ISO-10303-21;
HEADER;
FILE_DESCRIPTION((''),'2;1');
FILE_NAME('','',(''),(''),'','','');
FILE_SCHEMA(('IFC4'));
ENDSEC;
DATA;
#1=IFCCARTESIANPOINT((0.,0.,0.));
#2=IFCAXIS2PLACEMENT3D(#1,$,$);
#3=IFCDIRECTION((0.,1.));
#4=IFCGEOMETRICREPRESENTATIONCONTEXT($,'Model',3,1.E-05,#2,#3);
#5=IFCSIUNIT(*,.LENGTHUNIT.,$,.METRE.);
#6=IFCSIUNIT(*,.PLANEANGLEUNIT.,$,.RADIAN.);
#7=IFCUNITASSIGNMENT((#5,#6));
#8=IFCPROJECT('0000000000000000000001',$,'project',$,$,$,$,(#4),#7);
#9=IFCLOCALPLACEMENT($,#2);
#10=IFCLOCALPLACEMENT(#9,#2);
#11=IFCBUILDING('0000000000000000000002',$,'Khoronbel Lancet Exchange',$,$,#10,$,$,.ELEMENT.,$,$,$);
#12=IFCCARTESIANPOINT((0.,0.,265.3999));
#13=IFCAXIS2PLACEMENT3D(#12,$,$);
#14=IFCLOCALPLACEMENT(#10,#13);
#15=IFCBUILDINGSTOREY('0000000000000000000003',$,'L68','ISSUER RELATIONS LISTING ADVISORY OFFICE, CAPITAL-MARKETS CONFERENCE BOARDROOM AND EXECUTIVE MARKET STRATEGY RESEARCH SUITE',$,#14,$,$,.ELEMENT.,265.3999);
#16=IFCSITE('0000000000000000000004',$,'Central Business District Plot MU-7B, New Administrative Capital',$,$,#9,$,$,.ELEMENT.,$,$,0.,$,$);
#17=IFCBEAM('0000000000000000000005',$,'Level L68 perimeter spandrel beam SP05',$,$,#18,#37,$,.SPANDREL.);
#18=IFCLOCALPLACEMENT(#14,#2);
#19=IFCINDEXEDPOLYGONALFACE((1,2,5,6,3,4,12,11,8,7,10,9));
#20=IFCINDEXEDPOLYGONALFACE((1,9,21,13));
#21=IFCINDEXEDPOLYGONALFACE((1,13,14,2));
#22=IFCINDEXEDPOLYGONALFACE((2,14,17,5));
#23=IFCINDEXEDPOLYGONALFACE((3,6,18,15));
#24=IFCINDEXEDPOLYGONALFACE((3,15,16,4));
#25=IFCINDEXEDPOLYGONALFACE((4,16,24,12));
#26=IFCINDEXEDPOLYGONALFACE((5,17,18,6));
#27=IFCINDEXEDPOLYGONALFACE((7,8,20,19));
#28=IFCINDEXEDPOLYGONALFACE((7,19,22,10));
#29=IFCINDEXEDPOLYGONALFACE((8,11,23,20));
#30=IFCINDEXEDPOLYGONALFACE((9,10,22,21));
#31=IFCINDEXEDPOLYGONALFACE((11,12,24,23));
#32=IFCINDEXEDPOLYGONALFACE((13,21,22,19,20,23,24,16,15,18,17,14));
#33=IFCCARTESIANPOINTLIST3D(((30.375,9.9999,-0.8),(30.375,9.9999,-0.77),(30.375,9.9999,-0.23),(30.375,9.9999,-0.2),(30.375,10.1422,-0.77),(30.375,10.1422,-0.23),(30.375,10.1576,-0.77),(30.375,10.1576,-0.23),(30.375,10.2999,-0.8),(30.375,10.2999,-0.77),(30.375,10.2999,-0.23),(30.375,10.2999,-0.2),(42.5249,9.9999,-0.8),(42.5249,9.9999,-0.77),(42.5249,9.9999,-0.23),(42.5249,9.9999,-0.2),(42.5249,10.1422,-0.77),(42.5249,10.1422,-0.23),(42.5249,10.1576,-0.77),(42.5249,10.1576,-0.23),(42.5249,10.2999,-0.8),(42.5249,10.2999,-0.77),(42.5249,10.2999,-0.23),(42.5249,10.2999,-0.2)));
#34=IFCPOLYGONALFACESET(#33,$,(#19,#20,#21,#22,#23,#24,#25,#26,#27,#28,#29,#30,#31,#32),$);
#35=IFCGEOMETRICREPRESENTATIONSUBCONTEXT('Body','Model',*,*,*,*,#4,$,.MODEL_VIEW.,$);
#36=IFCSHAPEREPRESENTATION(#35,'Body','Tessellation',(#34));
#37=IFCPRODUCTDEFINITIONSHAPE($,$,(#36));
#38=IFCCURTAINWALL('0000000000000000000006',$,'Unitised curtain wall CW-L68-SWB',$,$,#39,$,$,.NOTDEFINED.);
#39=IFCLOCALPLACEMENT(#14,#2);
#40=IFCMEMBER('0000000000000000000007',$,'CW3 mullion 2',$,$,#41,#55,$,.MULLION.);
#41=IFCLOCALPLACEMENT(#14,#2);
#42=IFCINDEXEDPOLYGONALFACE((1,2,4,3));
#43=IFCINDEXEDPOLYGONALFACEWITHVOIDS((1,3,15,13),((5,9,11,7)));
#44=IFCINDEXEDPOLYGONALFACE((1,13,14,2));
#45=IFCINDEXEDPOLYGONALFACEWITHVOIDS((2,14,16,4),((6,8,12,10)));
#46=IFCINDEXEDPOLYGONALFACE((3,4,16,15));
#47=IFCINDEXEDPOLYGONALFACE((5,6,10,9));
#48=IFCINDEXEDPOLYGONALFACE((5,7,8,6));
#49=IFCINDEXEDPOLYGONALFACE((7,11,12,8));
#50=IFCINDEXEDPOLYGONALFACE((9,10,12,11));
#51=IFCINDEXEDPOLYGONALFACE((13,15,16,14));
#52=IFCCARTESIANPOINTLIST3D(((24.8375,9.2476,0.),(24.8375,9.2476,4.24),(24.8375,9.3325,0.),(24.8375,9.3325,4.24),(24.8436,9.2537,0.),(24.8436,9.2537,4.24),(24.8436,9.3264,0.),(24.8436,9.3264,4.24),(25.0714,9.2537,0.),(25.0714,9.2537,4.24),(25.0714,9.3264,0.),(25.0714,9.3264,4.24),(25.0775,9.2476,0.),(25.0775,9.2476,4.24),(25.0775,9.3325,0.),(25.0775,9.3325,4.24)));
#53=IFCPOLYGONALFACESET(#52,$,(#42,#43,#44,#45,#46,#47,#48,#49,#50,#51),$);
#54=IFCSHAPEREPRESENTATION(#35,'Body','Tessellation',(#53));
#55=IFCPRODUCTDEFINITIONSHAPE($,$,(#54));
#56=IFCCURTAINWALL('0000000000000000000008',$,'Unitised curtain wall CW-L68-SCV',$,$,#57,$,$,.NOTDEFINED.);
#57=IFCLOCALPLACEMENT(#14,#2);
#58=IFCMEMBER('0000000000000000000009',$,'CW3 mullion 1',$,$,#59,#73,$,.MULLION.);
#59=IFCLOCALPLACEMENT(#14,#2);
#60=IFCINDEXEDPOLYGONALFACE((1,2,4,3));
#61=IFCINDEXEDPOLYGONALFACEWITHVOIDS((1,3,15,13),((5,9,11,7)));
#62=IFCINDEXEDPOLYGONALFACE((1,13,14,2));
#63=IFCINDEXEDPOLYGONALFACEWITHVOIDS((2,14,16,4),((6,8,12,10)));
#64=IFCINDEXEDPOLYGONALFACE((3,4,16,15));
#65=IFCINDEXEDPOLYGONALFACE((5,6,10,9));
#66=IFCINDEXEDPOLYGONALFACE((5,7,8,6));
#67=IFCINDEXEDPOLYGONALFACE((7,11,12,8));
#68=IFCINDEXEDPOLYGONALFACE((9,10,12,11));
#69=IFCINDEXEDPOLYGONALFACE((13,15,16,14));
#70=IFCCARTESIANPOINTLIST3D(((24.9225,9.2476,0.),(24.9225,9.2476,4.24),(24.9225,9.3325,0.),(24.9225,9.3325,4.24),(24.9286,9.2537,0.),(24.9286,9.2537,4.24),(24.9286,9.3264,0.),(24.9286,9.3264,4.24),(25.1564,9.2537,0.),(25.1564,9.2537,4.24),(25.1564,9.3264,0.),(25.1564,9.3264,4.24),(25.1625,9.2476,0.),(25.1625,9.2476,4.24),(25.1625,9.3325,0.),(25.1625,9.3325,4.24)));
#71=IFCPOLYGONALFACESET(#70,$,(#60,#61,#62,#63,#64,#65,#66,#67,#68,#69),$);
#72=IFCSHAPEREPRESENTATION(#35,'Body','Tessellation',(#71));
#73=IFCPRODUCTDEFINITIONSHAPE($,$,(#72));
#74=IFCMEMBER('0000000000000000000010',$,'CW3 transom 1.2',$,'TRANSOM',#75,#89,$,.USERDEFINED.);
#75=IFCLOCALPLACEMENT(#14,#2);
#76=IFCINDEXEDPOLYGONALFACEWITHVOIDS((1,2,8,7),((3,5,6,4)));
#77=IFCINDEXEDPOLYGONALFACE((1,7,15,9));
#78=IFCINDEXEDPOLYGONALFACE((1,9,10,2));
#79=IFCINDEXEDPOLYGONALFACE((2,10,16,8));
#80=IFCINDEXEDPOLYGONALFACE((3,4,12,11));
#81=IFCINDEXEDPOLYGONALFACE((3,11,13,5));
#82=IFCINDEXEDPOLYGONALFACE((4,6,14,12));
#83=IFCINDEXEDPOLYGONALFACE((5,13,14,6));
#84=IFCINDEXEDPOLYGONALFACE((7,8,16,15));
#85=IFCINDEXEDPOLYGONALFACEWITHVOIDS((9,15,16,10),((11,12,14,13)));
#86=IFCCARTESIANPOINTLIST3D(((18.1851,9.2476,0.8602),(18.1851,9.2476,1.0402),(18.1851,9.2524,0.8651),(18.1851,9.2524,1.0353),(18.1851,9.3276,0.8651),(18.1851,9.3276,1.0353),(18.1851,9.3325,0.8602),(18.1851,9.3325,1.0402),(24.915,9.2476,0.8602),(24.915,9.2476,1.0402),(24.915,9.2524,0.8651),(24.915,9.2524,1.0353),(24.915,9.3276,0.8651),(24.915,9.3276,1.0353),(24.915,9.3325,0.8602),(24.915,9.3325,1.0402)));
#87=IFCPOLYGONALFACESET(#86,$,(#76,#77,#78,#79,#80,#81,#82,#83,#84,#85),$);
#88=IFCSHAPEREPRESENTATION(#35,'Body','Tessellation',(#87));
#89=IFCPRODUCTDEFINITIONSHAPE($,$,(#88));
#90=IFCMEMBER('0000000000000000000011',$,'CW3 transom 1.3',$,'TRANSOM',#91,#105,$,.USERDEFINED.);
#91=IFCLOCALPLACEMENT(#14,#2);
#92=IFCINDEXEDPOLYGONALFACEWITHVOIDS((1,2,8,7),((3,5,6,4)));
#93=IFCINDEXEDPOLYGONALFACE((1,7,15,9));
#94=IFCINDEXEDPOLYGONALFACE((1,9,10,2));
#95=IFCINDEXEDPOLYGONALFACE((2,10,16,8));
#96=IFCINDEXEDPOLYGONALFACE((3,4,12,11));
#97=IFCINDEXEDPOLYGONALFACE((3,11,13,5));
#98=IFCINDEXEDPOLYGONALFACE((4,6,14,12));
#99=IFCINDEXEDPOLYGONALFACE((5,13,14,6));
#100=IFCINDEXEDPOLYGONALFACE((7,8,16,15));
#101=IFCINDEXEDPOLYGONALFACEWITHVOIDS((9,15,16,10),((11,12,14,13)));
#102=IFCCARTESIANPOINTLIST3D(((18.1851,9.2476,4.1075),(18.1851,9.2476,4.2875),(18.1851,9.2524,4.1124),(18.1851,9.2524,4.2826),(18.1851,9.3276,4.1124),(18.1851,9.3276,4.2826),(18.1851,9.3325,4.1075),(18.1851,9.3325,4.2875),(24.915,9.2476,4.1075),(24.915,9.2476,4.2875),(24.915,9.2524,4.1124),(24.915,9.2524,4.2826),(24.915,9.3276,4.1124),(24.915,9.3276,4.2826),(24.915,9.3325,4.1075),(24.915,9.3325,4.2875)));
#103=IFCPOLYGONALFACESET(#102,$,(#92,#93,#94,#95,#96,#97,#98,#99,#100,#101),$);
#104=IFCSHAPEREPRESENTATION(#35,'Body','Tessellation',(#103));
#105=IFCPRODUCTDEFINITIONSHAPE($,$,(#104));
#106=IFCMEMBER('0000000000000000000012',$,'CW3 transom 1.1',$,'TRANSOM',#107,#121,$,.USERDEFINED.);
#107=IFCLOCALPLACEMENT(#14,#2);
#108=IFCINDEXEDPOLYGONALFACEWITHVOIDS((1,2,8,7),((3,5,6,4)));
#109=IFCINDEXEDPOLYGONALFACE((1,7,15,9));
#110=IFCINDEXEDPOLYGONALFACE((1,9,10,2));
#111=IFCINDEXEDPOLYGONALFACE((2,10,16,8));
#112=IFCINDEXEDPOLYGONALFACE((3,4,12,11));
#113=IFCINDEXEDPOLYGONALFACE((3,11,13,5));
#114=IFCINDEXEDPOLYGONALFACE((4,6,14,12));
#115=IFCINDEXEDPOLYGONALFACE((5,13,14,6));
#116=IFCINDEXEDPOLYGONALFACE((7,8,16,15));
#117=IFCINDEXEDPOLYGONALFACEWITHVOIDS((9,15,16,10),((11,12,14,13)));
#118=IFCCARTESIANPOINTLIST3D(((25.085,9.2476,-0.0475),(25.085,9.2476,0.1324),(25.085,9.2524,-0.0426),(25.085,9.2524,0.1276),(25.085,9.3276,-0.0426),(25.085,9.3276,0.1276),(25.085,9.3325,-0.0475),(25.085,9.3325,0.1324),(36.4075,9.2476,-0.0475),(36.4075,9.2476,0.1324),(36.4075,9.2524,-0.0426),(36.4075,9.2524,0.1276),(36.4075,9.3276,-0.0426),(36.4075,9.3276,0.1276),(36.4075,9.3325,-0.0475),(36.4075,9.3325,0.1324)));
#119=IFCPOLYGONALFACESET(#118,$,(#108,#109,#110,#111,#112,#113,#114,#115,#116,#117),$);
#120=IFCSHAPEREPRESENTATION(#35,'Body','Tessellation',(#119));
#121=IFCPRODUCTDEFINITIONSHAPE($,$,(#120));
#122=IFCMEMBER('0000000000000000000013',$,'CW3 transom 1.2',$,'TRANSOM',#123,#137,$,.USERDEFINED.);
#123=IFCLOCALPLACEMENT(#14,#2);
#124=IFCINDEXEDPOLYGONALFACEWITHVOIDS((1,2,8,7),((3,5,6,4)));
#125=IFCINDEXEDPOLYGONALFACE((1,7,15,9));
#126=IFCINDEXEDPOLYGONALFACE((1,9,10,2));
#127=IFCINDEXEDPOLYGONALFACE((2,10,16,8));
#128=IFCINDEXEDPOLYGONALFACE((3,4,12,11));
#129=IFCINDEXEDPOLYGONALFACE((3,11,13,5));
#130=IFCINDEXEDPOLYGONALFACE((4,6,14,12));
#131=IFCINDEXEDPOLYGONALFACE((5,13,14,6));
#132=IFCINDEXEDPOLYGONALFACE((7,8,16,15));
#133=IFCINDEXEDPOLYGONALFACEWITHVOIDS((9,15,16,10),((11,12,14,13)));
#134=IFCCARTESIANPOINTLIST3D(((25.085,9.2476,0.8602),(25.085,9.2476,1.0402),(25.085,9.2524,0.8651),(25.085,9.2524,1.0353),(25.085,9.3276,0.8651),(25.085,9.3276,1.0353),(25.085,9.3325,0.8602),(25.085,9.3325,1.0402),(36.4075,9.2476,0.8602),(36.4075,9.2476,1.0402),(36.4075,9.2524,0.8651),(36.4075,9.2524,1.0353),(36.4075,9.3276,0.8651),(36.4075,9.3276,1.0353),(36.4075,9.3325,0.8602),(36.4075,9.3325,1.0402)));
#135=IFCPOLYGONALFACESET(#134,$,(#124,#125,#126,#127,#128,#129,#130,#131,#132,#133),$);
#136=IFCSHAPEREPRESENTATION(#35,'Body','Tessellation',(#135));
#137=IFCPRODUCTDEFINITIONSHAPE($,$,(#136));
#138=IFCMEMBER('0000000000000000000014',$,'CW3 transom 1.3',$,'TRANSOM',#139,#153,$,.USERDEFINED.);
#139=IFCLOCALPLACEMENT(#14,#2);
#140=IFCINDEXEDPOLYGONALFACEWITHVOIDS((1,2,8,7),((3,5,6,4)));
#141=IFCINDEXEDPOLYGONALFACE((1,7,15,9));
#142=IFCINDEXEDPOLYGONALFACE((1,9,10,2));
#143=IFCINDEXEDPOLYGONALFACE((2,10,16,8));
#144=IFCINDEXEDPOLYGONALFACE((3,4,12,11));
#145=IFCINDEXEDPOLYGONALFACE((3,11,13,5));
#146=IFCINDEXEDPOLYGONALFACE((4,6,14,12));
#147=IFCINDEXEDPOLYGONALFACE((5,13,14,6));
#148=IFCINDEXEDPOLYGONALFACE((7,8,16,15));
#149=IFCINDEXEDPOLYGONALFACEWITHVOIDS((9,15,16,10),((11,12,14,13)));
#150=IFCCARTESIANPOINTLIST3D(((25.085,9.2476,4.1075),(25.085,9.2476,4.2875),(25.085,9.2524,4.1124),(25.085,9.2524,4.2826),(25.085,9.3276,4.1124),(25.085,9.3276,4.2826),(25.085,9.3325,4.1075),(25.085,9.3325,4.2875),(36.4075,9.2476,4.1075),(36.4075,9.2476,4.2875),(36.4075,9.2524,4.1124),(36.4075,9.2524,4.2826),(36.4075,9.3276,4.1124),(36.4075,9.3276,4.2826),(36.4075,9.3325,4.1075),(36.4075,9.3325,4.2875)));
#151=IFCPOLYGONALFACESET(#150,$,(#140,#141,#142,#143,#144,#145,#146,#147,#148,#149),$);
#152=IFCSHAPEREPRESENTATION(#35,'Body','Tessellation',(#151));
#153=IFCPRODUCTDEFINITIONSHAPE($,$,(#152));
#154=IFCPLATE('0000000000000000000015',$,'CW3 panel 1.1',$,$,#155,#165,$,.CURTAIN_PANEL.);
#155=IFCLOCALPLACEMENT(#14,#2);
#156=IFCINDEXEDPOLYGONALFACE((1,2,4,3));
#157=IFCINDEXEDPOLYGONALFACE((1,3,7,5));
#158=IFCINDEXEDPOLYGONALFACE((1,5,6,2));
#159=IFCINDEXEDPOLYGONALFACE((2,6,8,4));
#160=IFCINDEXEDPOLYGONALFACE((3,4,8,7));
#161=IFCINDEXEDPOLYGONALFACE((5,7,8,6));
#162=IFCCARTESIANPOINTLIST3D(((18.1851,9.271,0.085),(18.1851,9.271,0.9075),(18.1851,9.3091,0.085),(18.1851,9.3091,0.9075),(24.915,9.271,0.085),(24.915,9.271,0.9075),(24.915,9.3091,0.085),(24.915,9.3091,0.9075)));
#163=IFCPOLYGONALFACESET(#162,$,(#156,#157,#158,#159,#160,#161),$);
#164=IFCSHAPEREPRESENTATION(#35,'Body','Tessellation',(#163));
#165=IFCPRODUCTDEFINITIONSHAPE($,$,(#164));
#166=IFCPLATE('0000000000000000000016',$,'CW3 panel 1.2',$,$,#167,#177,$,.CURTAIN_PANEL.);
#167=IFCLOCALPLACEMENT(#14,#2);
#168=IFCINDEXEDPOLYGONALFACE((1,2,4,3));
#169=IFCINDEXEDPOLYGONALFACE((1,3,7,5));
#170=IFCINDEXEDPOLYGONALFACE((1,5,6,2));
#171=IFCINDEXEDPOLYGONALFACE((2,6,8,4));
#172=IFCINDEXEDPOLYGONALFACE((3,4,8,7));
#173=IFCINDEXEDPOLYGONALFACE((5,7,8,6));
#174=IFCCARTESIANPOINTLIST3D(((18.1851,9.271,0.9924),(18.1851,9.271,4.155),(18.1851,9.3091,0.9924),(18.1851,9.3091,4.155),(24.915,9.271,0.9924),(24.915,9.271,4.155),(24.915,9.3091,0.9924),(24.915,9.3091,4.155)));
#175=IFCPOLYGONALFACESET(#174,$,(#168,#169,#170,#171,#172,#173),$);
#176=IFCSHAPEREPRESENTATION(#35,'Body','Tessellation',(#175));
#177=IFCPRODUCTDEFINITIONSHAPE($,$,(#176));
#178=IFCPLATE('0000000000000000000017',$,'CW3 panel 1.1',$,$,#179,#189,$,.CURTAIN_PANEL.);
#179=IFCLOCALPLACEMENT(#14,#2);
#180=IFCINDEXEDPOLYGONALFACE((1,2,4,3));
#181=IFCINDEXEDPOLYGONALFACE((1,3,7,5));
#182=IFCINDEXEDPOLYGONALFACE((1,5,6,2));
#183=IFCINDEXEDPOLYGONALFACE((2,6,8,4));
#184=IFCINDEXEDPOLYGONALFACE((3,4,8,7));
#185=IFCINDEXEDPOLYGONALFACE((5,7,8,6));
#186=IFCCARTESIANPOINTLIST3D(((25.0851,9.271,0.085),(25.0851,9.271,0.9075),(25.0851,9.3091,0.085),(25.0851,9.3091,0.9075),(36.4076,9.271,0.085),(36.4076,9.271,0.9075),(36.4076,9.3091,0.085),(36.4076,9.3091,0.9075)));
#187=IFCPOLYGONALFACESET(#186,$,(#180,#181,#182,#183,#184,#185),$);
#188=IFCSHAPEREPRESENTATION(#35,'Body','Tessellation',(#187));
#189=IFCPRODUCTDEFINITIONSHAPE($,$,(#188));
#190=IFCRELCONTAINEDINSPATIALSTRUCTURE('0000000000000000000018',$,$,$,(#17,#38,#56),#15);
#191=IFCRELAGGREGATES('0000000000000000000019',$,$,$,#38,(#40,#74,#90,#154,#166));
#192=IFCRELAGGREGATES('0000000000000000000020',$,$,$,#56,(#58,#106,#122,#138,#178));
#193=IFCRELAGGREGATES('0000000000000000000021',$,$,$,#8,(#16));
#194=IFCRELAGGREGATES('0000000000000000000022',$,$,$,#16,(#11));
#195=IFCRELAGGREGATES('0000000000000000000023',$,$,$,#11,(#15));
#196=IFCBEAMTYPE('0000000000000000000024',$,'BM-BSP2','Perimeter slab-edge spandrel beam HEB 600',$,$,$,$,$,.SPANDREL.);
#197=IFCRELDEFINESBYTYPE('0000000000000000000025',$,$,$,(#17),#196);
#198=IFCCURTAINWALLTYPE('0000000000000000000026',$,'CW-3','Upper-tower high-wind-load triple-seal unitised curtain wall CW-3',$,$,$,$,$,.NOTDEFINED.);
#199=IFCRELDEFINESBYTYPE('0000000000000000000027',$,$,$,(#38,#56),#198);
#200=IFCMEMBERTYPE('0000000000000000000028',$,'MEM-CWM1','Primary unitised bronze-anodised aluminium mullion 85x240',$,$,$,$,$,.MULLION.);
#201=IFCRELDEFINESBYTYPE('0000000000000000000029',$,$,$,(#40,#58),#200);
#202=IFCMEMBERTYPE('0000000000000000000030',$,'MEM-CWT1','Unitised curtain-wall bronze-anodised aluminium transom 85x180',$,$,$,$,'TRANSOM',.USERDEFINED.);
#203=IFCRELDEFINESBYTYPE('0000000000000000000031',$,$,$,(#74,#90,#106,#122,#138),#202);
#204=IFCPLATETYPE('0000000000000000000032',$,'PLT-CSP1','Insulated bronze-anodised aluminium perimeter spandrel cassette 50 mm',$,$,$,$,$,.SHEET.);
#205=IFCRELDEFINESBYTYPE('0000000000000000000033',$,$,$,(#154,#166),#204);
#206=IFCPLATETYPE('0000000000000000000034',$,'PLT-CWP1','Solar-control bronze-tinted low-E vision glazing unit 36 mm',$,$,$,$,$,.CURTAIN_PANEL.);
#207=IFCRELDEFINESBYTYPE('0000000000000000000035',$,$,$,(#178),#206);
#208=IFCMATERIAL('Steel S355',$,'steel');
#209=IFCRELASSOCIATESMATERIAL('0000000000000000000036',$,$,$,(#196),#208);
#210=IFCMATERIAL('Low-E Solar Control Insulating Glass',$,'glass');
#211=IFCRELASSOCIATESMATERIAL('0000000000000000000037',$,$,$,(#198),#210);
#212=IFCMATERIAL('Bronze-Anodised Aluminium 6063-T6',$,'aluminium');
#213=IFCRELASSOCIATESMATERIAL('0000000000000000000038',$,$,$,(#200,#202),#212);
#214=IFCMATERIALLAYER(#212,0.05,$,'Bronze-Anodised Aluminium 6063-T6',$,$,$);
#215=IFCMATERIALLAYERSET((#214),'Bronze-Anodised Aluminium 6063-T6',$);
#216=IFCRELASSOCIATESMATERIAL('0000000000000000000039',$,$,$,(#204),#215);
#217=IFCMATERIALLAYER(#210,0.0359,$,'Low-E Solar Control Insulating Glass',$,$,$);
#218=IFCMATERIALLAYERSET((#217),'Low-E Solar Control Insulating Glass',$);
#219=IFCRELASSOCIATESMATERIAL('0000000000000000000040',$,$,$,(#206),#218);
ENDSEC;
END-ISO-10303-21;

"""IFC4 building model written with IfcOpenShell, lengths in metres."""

from ifc_helpers import new_model, si_unit, direction, frame, origin, origin_2d, place, context, subcontext, project, spatial, rectangle, hollow_rectangle, i_section, extrude, material, layer, layer_set, material_profile, profile_set, type_object, element, aggregate, save


model = new_model("IFC4")

# Units and contexts
model_context = context("Model", 3, precision=1e-05, world=origin(), true_north=direction((0.0, 1.0)))
body_context = subcontext(model_context, "Body", "Model", "MODEL_VIEW")
ifc_project = project(units=[si_unit("LENGTHUNIT", "METRE"), si_unit("PLANEANGLEUNIT", "RADIAN")], contexts=[model_context])

# Site, building, storey
site_placement = place(None, origin())
site = spatial("IfcSite", under=ifc_project, at=site_placement, Name="Central Business District Plot MU-7B, New Administrative Capital", CompositionType="ELEMENT", RefElevation=0.0)
building_placement = place(site_placement, origin())
building = spatial("IfcBuilding", under=site, at=building_placement, Name="Khoronbel Lancet Exchange", CompositionType="ELEMENT")
storey_placement = place(building_placement, frame((0.0, 0.0, 265.3999)))
storey = spatial("IfcBuildingStorey", under=building, at=storey_placement, Name="L68", Description="ISSUER RELATIONS LISTING ADVISORY OFFICE, CAPITAL-MARKETS CONFERENCE BOARDROOM AND EXECUTIVE MARKET STRATEGY RESEARCH SUITE", CompositionType="ELEMENT", Elevation=265.3999)

# Beam
ifc_material_1 = material(Name="Steel S355", Category="steel")
ifc_material_profile_1 = material_profile(ifc_material_1, i_section(OverallWidth=0.3, OverallDepth=0.6001, WebThickness=0.0154, FlangeThickness=0.03, at=origin_2d()), Name="HEB 600")
ifc_profile_set_1 = profile_set([ifc_material_profile_1], Name="Steel S355")
beam_type_1 = type_object("IfcBeamType", Name="BM-BSP2", Description="Perimeter slab-edge spandrel beam HEB 600", PredefinedType="SPANDREL", material=ifc_profile_set_1)
beam_1_placement = place(storey_placement, frame((30.375, 10.1499, -0.5), z_axis=(1.0, 0.0, 0.0), x_axis=(0.0, 1.0, 0.0)))
element("IfcBeam", 1, at=beam_1_placement, inside=storey, type_object=beam_type_1, Name="Level L68 perimeter spandrel beam SP05", PredefinedType="SPANDREL", context=body_context, shape_type="SweptSolid", body=[
    extrude(i_section(OverallWidth=0.3, OverallDepth=0.6001, WebThickness=0.0154, FlangeThickness=0.03, at=origin_2d()), origin(), (0.0, 0.0, 1.0), 12.1499),
])

# Curtain walls, members
ifc_material_2 = material(Name="Low-E Solar Control Insulating Glass", Category="glass")
curtain_wall_type = type_object("IfcCurtainWallType", Name="CW-3", Description="Upper-tower high-wind-load triple-seal unitised curtain wall CW-3", PredefinedType="NOTDEFINED", material=ifc_material_2)
curtain_wall_1_placement = place(storey_placement, origin())
curtain_wall_1 = element("IfcCurtainWall", 2, at=curtain_wall_1_placement, inside=storey, type_object=curtain_wall_type, Name="Unitised curtain wall CW-L68-SWB", PredefinedType="NOTDEFINED")
ifc_material_3 = material(Name="Bronze-Anodised Aluminium 6063-T6", Category="aluminium")
ifc_material_profile_2 = material_profile(ifc_material_3, hollow_rectangle(XDim=0.085, YDim=0.24, WallThickness=0.0061, at=origin_2d()), Name="ALU MULLION 85x240")
ifc_profile_set_2 = profile_set([ifc_material_profile_2], Name="Bronze-Anodised Aluminium 6063-T6")
member_type_1 = type_object("IfcMemberType", Name="MEM-CWM1", Description="Primary unitised bronze-anodised aluminium mullion 85x240", PredefinedType="MULLION", material=ifc_profile_set_2)
member_1_placement = place(storey_placement, frame((24.9575, 9.29, 0.0), z_axis=(0.0, 0.0, 1.0), x_axis=(0.0, 1.0, 0.0)))
member_1 = element("IfcMember", 3, at=member_1_placement, type_object=member_type_1, Name="CW3 mullion 2", PredefinedType="MULLION", context=body_context, shape_type="SweptSolid", body=[
    extrude(hollow_rectangle(XDim=0.085, YDim=0.24, WallThickness=0.0061, at=origin_2d()), origin(), (0.0, 0.0, 1.0), 4.24),
])
curtain_wall_2_placement = place(storey_placement, origin())
curtain_wall_2 = element("IfcCurtainWall", 4, at=curtain_wall_2_placement, inside=storey, type_object=curtain_wall_type, Name="Unitised curtain wall CW-L68-SCV", PredefinedType="NOTDEFINED")
member_2_placement = place(storey_placement, frame((25.0425, 9.29, 0.0), z_axis=(0.0, 0.0, 1.0), x_axis=(0.0, 1.0, 0.0)))
member_2 = element("IfcMember", 5, at=member_2_placement, type_object=member_type_1, Name="CW3 mullion 1", PredefinedType="MULLION", context=body_context, shape_type="SweptSolid", body=[
    extrude(hollow_rectangle(XDim=0.085, YDim=0.24, WallThickness=0.0061, at=origin_2d()), origin(), (0.0, 0.0, 1.0), 4.24),
])

# Members
ifc_material_profile_3 = material_profile(ifc_material_3, hollow_rectangle(XDim=0.085, YDim=0.1799, WallThickness=0.0049, at=origin_2d()), Name="ALU TRANSOM 85x180")
ifc_profile_set_3 = profile_set([ifc_material_profile_3], Name="Bronze-Anodised Aluminium 6063-T6")
member_type_2 = type_object("IfcMemberType", Name="MEM-CWT1", Description="Unitised curtain-wall bronze-anodised aluminium transom 85x180", ElementType="TRANSOM", PredefinedType="USERDEFINED", material=ifc_profile_set_3)
member_3_placement = place(storey_placement, frame((18.1851, 9.29, 0.9502), z_axis=(1.0, 0.0, 0.0), x_axis=(0.0, 1.0, 0.0)))
member_3 = element("IfcMember", 6, at=member_3_placement, type_object=member_type_2, Name="CW3 transom 1.2", ObjectType="TRANSOM", PredefinedType="USERDEFINED", context=body_context, shape_type="SweptSolid", body=[
    extrude(hollow_rectangle(XDim=0.085, YDim=0.1799, WallThickness=0.0049, at=origin_2d()), origin(), (0.0, 0.0, 1.0), 6.73),
])
member_4_placement = place(storey_placement, frame((18.1851, 9.29, 4.1975), z_axis=(1.0, 0.0, 0.0), x_axis=(0.0, 1.0, 0.0)))
member_4 = element("IfcMember", 7, at=member_4_placement, type_object=member_type_2, Name="CW3 transom 1.3", ObjectType="TRANSOM", PredefinedType="USERDEFINED", context=body_context, shape_type="SweptSolid", body=[
    extrude(hollow_rectangle(XDim=0.085, YDim=0.1799, WallThickness=0.0049, at=origin_2d()), origin(), (0.0, 0.0, 1.0), 6.73),
])
member_5_placement = place(storey_placement, frame((25.085, 9.29, 0.0425), z_axis=(1.0, 0.0, 0.0), x_axis=(0.0, 1.0, 0.0)))
member_5 = element("IfcMember", 8, at=member_5_placement, type_object=member_type_2, Name="CW3 transom 1.1", ObjectType="TRANSOM", PredefinedType="USERDEFINED", context=body_context, shape_type="SweptSolid", body=[
    extrude(hollow_rectangle(XDim=0.085, YDim=0.1799, WallThickness=0.0049, at=origin_2d()), origin(), (0.0, 0.0, 1.0), 11.3225),
])
member_6_placement = place(storey_placement, frame((25.085, 9.29, 0.9502), z_axis=(1.0, 0.0, 0.0), x_axis=(0.0, 1.0, 0.0)))
member_6 = element("IfcMember", 9, at=member_6_placement, type_object=member_type_2, Name="CW3 transom 1.2", ObjectType="TRANSOM", PredefinedType="USERDEFINED", context=body_context, shape_type="SweptSolid", body=[
    extrude(hollow_rectangle(XDim=0.085, YDim=0.1799, WallThickness=0.0049, at=origin_2d()), origin(), (0.0, 0.0, 1.0), 11.3225),
])
member_7_placement = place(storey_placement, frame((25.085, 9.29, 4.1975), z_axis=(1.0, 0.0, 0.0), x_axis=(0.0, 1.0, 0.0)))
member_7 = element("IfcMember", 10, at=member_7_placement, type_object=member_type_2, Name="CW3 transom 1.3", ObjectType="TRANSOM", PredefinedType="USERDEFINED", context=body_context, shape_type="SweptSolid", body=[
    extrude(hollow_rectangle(XDim=0.085, YDim=0.1799, WallThickness=0.0049, at=origin_2d()), origin(), (0.0, 0.0, 1.0), 11.3225),
])

# Plates
ifc_layer_1 = layer(ifc_material_3, 0.05, Name="Bronze-Anodised Aluminium 6063-T6")
ifc_layer_set_1 = layer_set([ifc_layer_1], Name="Bronze-Anodised Aluminium 6063-T6")
plate_type_1 = type_object("IfcPlateType", Name="PLT-CSP1", Description="Insulated bronze-anodised aluminium perimeter spandrel cassette 50 mm", PredefinedType="SHEET", material=ifc_layer_set_1)
plate_1_placement = place(storey_placement, frame((21.55, 9.29, 0.085), z_axis=(0.0, 0.0, 1.0), x_axis=(1.0, 0.0, 0.0)))
plate_1 = element("IfcPlate", 11, at=plate_1_placement, type_object=plate_type_1, Name="CW3 panel 1.1", PredefinedType="CURTAIN_PANEL", context=body_context, shape_type="SweptSolid", body=[
    extrude(rectangle(XDim=6.73, YDim=0.0381, at=origin_2d()), origin(), (0.0, 0.0, 1.0), 0.8225),
])
plate_2_placement = place(storey_placement, frame((21.55, 9.29, 0.9924), z_axis=(0.0, 0.0, 1.0), x_axis=(1.0, 0.0, 0.0)))
plate_2 = element("IfcPlate", 12, at=plate_2_placement, type_object=plate_type_1, Name="CW3 panel 1.2", PredefinedType="CURTAIN_PANEL", context=body_context, shape_type="SweptSolid", body=[
    extrude(rectangle(XDim=6.73, YDim=0.0381, at=origin_2d()), origin(), (0.0, 0.0, 1.0), 3.1626),
])
aggregate(curtain_wall_1, [member_1, member_3, member_4, plate_1, plate_2])
ifc_layer_2 = layer(ifc_material_2, 0.0359, Name="Low-E Solar Control Insulating Glass")
ifc_layer_set_2 = layer_set([ifc_layer_2], Name="Low-E Solar Control Insulating Glass")
plate_type_2 = type_object("IfcPlateType", Name="PLT-CWP1", Description="Solar-control bronze-tinted low-E vision glazing unit 36 mm", PredefinedType="CURTAIN_PANEL", material=ifc_layer_set_2)
plate_3_placement = place(storey_placement, frame((30.7463, 9.29, 0.085), z_axis=(0.0, 0.0, 1.0), x_axis=(1.0, 0.0, 0.0)))
plate_3 = element("IfcPlate", 13, at=plate_3_placement, type_object=plate_type_2, Name="CW3 panel 1.1", PredefinedType="CURTAIN_PANEL", context=body_context, shape_type="SweptSolid", body=[
    extrude(rectangle(XDim=11.3225, YDim=0.0381, at=origin_2d()), origin(), (0.0, 0.0, 1.0), 0.8225),
])
aggregate(curtain_wall_2, [member_2, member_5, member_6, member_7, plate_3])

save(model, "model.ifc")
